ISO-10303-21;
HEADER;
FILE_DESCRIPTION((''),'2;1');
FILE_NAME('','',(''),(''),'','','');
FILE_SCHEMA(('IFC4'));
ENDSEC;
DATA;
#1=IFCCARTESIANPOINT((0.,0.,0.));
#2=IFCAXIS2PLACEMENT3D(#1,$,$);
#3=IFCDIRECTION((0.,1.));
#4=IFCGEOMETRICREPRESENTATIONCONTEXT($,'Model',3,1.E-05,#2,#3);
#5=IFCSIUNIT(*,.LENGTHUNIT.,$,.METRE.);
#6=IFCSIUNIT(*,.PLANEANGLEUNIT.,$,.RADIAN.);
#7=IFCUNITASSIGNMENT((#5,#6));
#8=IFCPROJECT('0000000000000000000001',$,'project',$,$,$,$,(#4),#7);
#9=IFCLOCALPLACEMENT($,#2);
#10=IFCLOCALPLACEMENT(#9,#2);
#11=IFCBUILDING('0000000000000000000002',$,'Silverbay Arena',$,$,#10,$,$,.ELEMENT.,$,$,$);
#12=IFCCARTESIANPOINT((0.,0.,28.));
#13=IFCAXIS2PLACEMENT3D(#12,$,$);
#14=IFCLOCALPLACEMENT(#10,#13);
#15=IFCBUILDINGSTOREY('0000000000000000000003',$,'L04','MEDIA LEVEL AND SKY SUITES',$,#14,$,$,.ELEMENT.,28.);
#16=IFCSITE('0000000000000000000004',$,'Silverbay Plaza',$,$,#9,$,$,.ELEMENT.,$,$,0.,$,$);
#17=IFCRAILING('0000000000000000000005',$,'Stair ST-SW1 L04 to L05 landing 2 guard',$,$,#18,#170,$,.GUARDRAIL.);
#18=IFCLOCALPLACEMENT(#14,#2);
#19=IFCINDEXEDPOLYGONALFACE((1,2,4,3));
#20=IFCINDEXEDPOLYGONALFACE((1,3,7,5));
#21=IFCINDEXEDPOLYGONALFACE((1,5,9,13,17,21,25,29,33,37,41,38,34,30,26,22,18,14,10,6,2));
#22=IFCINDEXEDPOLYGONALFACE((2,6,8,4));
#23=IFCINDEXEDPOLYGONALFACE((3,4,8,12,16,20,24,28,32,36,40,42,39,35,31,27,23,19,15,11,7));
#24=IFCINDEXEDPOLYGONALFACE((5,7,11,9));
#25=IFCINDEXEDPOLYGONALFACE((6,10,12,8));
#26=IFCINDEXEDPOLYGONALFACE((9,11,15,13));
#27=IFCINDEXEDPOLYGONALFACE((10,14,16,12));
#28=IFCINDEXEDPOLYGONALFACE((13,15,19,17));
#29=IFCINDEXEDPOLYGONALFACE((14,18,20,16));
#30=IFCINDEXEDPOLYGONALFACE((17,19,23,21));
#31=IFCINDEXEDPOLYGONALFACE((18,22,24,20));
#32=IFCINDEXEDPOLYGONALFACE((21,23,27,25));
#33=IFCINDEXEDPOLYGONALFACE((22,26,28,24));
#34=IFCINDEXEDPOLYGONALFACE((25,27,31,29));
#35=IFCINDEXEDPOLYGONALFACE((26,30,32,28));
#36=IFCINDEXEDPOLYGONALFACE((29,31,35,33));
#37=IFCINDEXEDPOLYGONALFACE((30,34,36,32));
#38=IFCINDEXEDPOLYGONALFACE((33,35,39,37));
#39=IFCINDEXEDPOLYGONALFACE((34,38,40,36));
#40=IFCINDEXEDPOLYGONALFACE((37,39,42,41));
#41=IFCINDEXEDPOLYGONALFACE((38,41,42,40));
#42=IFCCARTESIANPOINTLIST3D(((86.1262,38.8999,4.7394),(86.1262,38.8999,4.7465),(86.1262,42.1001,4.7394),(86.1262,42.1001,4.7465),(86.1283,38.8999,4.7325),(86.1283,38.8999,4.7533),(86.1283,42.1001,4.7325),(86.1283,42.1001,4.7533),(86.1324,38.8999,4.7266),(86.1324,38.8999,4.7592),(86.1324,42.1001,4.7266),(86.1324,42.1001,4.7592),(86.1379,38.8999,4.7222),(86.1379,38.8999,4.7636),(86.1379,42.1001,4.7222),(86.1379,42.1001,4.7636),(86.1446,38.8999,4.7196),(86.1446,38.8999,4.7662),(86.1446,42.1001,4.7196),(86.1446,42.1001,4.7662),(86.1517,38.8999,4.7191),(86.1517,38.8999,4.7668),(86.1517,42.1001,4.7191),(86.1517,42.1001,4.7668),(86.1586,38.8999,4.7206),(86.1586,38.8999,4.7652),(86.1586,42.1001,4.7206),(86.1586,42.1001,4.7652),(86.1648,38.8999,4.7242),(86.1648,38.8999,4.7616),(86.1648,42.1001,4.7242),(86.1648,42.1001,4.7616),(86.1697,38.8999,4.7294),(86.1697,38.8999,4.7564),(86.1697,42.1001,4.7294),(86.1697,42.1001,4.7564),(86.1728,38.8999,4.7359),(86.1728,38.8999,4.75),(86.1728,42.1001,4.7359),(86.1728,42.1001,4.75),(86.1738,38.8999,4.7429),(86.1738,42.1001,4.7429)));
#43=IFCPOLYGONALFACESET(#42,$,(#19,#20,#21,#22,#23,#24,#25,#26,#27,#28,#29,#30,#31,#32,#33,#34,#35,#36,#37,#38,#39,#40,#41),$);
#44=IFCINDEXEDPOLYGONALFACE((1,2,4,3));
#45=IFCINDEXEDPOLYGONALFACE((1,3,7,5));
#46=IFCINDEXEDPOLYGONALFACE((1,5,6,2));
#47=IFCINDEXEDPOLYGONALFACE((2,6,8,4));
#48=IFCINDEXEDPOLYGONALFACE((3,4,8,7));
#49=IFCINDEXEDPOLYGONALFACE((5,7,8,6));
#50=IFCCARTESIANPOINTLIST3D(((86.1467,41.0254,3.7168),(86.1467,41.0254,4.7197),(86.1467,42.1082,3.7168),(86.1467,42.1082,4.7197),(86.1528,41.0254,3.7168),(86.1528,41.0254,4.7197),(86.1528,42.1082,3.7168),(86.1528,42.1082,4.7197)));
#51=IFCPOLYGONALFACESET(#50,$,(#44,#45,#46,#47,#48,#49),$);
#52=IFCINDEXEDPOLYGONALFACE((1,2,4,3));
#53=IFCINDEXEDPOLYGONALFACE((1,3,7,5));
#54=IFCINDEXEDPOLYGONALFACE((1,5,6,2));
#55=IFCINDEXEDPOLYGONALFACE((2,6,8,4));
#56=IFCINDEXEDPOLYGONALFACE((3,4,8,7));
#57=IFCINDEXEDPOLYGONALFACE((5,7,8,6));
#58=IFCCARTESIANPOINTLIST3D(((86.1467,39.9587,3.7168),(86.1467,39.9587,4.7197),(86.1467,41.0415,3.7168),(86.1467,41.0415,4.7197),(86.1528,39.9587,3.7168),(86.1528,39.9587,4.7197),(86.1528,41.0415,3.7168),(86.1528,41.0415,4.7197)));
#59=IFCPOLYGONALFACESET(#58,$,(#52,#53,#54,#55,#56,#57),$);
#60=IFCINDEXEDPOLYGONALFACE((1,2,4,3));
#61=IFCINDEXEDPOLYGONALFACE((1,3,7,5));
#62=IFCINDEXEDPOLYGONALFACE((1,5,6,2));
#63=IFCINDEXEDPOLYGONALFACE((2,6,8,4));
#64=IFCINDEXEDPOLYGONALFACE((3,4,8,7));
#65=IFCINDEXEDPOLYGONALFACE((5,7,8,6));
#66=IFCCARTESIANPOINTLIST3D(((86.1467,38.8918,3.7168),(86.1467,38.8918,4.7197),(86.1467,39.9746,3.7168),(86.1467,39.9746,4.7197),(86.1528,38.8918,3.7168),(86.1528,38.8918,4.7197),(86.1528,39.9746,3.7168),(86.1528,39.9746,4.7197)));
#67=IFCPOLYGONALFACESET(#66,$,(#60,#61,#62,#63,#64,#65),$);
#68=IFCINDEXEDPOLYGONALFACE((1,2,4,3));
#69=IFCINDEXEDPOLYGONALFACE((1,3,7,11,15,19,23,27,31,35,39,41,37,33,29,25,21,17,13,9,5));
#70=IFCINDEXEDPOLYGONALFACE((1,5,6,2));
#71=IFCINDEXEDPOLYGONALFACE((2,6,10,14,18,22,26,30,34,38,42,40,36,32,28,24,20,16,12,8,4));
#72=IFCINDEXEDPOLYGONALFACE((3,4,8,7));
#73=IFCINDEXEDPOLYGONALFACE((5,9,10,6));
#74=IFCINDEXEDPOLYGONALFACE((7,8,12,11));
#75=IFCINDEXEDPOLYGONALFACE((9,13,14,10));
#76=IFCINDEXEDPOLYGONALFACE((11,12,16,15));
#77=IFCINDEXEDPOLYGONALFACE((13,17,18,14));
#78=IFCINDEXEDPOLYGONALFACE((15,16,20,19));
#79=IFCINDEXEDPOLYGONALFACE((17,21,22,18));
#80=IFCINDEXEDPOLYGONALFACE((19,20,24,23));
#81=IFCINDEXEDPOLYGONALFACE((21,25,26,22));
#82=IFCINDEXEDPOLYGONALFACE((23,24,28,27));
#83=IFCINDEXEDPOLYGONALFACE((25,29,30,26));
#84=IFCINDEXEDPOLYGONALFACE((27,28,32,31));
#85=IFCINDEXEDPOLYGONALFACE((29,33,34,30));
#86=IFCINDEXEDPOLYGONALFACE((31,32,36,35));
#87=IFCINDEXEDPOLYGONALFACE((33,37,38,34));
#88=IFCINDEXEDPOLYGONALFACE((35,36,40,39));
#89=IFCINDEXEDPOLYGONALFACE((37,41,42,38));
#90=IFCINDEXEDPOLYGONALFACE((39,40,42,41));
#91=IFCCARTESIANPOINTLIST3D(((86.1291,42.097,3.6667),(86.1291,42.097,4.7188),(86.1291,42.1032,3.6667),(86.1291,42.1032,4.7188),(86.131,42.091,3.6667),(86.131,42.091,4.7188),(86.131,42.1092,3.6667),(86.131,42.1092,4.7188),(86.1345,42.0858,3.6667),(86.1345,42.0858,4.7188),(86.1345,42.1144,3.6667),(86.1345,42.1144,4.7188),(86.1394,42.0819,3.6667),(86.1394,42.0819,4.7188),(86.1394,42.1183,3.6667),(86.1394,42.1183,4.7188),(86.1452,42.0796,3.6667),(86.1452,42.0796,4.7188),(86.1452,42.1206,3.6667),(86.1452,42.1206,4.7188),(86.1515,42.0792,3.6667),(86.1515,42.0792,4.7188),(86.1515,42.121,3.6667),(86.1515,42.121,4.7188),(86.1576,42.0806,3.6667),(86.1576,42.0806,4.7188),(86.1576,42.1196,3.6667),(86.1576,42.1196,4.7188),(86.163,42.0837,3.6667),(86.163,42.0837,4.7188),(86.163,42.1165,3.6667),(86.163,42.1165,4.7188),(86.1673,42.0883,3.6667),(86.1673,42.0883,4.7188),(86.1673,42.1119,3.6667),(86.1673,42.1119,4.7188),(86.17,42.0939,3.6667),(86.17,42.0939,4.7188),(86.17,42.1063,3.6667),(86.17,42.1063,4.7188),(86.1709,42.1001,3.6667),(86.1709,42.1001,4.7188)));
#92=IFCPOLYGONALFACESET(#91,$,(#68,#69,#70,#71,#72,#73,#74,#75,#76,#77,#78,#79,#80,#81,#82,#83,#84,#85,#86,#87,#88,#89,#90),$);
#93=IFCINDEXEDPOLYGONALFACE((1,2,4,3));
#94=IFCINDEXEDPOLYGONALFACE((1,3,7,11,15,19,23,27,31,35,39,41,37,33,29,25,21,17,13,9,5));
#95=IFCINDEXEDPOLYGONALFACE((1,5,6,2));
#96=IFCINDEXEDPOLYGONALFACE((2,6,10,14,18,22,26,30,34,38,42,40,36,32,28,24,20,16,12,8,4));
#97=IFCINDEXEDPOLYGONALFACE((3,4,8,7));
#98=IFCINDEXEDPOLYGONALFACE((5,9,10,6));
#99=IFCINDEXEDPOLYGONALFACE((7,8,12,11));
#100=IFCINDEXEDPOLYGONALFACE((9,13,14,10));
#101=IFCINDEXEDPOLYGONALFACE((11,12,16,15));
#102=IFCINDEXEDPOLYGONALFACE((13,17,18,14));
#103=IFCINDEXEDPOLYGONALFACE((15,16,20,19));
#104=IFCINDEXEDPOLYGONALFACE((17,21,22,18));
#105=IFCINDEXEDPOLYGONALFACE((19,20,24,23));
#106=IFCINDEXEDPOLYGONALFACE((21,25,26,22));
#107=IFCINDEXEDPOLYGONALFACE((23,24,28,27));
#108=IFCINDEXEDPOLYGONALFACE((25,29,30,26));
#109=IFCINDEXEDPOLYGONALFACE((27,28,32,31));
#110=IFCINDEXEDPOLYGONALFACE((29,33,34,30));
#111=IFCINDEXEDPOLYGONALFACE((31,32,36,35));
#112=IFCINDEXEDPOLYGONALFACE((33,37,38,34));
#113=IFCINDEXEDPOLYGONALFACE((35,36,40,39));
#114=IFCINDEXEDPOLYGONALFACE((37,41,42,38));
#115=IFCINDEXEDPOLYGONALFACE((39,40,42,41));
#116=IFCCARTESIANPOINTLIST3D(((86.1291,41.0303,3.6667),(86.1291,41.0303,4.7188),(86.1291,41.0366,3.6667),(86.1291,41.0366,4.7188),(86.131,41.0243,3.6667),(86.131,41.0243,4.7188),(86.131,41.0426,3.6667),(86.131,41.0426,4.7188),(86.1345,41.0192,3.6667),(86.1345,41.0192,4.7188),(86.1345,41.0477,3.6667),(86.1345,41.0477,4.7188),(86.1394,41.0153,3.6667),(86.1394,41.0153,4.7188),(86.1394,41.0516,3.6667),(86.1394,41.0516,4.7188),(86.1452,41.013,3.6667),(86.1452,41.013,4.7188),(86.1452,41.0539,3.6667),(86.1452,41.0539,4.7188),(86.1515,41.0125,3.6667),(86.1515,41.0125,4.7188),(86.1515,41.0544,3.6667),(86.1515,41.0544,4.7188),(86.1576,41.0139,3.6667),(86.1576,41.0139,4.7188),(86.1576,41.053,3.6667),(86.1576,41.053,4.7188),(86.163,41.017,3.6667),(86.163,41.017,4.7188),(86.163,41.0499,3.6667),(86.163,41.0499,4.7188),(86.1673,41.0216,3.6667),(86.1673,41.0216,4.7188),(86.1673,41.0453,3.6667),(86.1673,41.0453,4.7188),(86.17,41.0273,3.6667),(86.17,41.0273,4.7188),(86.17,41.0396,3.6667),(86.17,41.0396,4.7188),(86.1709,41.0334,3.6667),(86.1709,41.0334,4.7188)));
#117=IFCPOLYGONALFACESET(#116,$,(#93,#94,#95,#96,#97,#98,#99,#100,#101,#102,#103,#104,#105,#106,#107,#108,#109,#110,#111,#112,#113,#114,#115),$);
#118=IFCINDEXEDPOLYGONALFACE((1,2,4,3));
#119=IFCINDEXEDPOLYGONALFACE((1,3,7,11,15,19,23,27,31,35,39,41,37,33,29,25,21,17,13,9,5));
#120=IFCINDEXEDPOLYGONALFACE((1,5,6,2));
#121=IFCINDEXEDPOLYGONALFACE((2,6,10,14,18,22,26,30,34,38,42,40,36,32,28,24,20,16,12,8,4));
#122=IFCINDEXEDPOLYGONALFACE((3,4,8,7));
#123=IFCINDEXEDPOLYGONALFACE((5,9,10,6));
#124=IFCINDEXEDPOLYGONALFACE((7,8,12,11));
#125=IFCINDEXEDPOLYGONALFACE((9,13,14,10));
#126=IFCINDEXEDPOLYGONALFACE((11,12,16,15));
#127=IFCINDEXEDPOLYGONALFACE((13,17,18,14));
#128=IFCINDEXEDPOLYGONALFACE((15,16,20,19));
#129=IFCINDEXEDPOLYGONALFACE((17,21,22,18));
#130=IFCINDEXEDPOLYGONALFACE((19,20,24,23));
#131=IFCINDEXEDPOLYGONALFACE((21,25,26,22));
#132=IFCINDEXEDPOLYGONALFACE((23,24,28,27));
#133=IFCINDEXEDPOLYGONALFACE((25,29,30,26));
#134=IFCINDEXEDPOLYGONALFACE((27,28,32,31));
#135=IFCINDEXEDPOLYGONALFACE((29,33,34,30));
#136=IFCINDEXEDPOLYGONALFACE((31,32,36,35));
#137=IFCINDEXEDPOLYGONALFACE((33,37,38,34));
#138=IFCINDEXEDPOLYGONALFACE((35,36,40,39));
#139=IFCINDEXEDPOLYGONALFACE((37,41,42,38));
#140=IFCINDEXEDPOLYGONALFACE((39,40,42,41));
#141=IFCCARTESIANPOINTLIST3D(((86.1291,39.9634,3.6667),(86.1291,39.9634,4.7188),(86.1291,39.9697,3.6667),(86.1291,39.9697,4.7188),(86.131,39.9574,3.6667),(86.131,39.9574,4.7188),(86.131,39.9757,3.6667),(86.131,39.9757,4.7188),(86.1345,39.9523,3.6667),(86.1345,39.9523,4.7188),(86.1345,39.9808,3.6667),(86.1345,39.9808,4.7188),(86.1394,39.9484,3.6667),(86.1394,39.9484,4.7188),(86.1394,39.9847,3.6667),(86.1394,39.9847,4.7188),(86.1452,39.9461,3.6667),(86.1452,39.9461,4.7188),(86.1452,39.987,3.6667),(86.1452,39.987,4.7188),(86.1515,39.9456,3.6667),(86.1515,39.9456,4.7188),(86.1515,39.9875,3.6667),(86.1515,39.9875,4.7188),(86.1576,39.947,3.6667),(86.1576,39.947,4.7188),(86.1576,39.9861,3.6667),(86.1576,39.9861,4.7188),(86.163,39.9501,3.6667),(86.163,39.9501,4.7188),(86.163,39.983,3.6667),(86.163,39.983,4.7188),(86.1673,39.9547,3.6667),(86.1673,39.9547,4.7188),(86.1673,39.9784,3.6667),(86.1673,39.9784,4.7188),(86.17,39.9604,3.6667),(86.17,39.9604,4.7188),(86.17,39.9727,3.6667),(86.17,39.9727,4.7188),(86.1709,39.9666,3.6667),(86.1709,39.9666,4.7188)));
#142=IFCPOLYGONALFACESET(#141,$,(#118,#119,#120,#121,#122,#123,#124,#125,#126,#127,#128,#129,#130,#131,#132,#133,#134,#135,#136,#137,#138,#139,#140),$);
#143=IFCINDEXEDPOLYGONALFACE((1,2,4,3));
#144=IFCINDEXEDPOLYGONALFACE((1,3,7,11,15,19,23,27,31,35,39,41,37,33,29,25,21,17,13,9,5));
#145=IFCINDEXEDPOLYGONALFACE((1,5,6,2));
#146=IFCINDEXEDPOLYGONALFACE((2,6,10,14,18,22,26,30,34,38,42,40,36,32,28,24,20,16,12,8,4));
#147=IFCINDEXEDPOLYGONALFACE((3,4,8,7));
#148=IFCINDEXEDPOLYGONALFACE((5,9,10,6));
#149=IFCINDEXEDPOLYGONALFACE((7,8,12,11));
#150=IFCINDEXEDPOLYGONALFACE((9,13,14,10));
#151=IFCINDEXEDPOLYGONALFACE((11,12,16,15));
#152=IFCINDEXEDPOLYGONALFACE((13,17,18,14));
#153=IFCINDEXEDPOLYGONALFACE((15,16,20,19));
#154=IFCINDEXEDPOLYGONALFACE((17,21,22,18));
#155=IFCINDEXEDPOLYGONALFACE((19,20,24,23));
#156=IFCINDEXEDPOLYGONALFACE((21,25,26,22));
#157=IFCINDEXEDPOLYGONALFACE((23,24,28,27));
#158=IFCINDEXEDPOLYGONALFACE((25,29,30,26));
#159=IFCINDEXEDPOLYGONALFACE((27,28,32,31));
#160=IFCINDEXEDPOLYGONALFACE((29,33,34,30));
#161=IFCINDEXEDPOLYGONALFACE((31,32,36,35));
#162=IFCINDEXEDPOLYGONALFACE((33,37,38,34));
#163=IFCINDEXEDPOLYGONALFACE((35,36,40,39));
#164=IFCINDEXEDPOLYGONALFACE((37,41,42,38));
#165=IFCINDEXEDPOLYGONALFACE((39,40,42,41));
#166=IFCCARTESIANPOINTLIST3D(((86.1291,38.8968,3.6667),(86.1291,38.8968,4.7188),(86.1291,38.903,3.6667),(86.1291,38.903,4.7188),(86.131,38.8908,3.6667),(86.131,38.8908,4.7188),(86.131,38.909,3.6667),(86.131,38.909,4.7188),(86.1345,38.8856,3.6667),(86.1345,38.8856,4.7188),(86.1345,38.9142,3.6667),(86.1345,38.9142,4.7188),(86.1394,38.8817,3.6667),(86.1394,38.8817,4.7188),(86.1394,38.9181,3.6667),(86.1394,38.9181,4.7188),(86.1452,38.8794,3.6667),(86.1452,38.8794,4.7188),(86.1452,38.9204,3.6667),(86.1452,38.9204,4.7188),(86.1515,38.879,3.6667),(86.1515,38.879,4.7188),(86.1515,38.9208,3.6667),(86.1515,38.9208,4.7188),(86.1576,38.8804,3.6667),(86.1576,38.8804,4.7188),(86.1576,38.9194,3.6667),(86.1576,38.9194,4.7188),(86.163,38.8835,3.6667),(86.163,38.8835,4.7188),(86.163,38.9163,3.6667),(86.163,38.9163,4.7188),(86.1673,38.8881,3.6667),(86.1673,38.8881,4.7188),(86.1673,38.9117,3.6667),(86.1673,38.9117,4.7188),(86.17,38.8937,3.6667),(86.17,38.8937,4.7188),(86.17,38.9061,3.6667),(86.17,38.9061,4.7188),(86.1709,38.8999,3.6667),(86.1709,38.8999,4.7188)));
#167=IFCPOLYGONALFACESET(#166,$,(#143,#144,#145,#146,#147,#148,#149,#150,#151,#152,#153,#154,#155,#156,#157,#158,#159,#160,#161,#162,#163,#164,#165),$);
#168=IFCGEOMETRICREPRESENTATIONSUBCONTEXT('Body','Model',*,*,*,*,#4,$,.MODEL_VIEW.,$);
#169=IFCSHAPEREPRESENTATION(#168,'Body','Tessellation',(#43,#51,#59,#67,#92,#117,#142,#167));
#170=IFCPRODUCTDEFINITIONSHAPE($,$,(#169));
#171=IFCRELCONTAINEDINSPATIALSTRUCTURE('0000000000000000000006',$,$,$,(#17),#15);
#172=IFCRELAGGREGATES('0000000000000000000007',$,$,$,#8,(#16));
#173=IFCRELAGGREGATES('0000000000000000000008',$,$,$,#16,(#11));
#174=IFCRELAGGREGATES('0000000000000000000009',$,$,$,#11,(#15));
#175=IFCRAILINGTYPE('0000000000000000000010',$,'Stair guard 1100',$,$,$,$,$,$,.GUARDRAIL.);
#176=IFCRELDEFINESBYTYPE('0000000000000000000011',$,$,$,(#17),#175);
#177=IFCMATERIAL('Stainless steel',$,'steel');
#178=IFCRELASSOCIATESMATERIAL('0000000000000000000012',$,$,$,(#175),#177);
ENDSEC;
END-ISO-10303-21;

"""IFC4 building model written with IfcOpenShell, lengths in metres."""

from ifc_helpers import new_model, si_unit, direction, frame, origin, origin_2d, place, context, subcontext, project, spatial, polyline, circle, outline, extrude, material, type_object, element, save


model = new_model("IFC4")

# Units and contexts
model_context = context("Model", 3, precision=1e-05, world=origin(), true_north=direction((0.0, 1.0)))
body_context = subcontext(model_context, "Body", "Model", "MODEL_VIEW")
ifc_project = project(units=[si_unit("LENGTHUNIT", "METRE"), si_unit("PLANEANGLEUNIT", "RADIAN")], contexts=[model_context])

# Site, building, storey
site_placement = place(None, origin())
site = spatial("IfcSite", under=ifc_project, at=site_placement, Name="Silverbay Plaza", CompositionType="ELEMENT", RefElevation=0.0)
building_placement = place(site_placement, origin())
building = spatial("IfcBuilding", under=site, at=building_placement, Name="Silverbay Arena", CompositionType="ELEMENT")
storey_placement = place(building_placement, frame((0.0, 0.0, 28.0)))
storey = spatial("IfcBuildingStorey", under=building, at=storey_placement, Name="L04", Description="MEDIA LEVEL AND SKY SUITES", CompositionType="ELEMENT", Elevation=28.0)

# Railing
ifc_material_1 = material(Name="Stainless steel", Category="steel")
railing_type_1 = type_object("IfcRailingType", Name="Stair guard 1100", PredefinedType="GUARDRAIL", material=ifc_material_1)
for number, where, name in (
    (1, (86.1499, 42.1001, 3.6667), "Stair ST-SW1 L04 to L05 landing 2 guard"),
):
    element("IfcRailing", number, at=place(storey_placement, frame(where)), inside=storey, type_object=railing_type_1, Name=name, PredefinedType="GUARDRAIL", context=body_context, shape_type="SweptSolid", body=[
        extrude(circle(Radius=0.0239, at=origin_2d()), frame((0.0, 0.0, 1.0762), z_axis=(0.0, -1.0, 0.0), x_axis=(1.0, 0.0, 0.0)), (0.0, 0.0, 1.0), 3.2002),
        extrude(outline(polyline([(-0.0081, 0.05), (1.0747, 0.05), (1.0747, 1.053), (-0.0081, 1.053), (-0.0081, 0.05)])), frame((0.0029, 0.0, 0.0), z_axis=(-1.0, 0.0, 0.0), x_axis=(0.0, -1.0, 0.0)), (0.0, 0.0, 1.0), 0.0061),
        extrude(outline(polyline([(-0.0081, 0.05), (1.0747, 0.05), (1.0747, 1.053), (-0.0081, 1.053), (-0.0081, 0.05)])), frame((0.0029, -1.0667, 0.0), z_axis=(-1.0, 0.0, 0.0), x_axis=(0.0, -1.0, 0.0)), (0.0, 0.0, 1.0), 0.0061),
        extrude(outline(polyline([(-0.0081, 0.05), (1.0747, 0.05), (1.0747, 1.053), (-0.0081, 1.053), (-0.0081, 0.05)])), frame((0.0029, -2.1335, 0.0), z_axis=(-1.0, 0.0, 0.0), x_axis=(0.0, -1.0, 0.0)), (0.0, 0.0, 1.0), 0.0061),
        extrude(circle(Radius=0.021, at=origin_2d()), origin(), (0.0, 0.0, 1.0), 1.052),
        extrude(circle(Radius=0.021, at=origin_2d()), frame((0.0, -1.0667, 0.0)), (0.0, 0.0, 1.0), 1.052),
        extrude(circle(Radius=0.021, at=origin_2d()), frame((0.0, -2.1335, 0.0)), (0.0, 0.0, 1.0), 1.052),
        extrude(circle(Radius=0.021, at=origin_2d()), frame((0.0, -3.2002, 0.0)), (0.0, 0.0, 1.0), 1.052),
    ])

save(model, "model.ifc")
